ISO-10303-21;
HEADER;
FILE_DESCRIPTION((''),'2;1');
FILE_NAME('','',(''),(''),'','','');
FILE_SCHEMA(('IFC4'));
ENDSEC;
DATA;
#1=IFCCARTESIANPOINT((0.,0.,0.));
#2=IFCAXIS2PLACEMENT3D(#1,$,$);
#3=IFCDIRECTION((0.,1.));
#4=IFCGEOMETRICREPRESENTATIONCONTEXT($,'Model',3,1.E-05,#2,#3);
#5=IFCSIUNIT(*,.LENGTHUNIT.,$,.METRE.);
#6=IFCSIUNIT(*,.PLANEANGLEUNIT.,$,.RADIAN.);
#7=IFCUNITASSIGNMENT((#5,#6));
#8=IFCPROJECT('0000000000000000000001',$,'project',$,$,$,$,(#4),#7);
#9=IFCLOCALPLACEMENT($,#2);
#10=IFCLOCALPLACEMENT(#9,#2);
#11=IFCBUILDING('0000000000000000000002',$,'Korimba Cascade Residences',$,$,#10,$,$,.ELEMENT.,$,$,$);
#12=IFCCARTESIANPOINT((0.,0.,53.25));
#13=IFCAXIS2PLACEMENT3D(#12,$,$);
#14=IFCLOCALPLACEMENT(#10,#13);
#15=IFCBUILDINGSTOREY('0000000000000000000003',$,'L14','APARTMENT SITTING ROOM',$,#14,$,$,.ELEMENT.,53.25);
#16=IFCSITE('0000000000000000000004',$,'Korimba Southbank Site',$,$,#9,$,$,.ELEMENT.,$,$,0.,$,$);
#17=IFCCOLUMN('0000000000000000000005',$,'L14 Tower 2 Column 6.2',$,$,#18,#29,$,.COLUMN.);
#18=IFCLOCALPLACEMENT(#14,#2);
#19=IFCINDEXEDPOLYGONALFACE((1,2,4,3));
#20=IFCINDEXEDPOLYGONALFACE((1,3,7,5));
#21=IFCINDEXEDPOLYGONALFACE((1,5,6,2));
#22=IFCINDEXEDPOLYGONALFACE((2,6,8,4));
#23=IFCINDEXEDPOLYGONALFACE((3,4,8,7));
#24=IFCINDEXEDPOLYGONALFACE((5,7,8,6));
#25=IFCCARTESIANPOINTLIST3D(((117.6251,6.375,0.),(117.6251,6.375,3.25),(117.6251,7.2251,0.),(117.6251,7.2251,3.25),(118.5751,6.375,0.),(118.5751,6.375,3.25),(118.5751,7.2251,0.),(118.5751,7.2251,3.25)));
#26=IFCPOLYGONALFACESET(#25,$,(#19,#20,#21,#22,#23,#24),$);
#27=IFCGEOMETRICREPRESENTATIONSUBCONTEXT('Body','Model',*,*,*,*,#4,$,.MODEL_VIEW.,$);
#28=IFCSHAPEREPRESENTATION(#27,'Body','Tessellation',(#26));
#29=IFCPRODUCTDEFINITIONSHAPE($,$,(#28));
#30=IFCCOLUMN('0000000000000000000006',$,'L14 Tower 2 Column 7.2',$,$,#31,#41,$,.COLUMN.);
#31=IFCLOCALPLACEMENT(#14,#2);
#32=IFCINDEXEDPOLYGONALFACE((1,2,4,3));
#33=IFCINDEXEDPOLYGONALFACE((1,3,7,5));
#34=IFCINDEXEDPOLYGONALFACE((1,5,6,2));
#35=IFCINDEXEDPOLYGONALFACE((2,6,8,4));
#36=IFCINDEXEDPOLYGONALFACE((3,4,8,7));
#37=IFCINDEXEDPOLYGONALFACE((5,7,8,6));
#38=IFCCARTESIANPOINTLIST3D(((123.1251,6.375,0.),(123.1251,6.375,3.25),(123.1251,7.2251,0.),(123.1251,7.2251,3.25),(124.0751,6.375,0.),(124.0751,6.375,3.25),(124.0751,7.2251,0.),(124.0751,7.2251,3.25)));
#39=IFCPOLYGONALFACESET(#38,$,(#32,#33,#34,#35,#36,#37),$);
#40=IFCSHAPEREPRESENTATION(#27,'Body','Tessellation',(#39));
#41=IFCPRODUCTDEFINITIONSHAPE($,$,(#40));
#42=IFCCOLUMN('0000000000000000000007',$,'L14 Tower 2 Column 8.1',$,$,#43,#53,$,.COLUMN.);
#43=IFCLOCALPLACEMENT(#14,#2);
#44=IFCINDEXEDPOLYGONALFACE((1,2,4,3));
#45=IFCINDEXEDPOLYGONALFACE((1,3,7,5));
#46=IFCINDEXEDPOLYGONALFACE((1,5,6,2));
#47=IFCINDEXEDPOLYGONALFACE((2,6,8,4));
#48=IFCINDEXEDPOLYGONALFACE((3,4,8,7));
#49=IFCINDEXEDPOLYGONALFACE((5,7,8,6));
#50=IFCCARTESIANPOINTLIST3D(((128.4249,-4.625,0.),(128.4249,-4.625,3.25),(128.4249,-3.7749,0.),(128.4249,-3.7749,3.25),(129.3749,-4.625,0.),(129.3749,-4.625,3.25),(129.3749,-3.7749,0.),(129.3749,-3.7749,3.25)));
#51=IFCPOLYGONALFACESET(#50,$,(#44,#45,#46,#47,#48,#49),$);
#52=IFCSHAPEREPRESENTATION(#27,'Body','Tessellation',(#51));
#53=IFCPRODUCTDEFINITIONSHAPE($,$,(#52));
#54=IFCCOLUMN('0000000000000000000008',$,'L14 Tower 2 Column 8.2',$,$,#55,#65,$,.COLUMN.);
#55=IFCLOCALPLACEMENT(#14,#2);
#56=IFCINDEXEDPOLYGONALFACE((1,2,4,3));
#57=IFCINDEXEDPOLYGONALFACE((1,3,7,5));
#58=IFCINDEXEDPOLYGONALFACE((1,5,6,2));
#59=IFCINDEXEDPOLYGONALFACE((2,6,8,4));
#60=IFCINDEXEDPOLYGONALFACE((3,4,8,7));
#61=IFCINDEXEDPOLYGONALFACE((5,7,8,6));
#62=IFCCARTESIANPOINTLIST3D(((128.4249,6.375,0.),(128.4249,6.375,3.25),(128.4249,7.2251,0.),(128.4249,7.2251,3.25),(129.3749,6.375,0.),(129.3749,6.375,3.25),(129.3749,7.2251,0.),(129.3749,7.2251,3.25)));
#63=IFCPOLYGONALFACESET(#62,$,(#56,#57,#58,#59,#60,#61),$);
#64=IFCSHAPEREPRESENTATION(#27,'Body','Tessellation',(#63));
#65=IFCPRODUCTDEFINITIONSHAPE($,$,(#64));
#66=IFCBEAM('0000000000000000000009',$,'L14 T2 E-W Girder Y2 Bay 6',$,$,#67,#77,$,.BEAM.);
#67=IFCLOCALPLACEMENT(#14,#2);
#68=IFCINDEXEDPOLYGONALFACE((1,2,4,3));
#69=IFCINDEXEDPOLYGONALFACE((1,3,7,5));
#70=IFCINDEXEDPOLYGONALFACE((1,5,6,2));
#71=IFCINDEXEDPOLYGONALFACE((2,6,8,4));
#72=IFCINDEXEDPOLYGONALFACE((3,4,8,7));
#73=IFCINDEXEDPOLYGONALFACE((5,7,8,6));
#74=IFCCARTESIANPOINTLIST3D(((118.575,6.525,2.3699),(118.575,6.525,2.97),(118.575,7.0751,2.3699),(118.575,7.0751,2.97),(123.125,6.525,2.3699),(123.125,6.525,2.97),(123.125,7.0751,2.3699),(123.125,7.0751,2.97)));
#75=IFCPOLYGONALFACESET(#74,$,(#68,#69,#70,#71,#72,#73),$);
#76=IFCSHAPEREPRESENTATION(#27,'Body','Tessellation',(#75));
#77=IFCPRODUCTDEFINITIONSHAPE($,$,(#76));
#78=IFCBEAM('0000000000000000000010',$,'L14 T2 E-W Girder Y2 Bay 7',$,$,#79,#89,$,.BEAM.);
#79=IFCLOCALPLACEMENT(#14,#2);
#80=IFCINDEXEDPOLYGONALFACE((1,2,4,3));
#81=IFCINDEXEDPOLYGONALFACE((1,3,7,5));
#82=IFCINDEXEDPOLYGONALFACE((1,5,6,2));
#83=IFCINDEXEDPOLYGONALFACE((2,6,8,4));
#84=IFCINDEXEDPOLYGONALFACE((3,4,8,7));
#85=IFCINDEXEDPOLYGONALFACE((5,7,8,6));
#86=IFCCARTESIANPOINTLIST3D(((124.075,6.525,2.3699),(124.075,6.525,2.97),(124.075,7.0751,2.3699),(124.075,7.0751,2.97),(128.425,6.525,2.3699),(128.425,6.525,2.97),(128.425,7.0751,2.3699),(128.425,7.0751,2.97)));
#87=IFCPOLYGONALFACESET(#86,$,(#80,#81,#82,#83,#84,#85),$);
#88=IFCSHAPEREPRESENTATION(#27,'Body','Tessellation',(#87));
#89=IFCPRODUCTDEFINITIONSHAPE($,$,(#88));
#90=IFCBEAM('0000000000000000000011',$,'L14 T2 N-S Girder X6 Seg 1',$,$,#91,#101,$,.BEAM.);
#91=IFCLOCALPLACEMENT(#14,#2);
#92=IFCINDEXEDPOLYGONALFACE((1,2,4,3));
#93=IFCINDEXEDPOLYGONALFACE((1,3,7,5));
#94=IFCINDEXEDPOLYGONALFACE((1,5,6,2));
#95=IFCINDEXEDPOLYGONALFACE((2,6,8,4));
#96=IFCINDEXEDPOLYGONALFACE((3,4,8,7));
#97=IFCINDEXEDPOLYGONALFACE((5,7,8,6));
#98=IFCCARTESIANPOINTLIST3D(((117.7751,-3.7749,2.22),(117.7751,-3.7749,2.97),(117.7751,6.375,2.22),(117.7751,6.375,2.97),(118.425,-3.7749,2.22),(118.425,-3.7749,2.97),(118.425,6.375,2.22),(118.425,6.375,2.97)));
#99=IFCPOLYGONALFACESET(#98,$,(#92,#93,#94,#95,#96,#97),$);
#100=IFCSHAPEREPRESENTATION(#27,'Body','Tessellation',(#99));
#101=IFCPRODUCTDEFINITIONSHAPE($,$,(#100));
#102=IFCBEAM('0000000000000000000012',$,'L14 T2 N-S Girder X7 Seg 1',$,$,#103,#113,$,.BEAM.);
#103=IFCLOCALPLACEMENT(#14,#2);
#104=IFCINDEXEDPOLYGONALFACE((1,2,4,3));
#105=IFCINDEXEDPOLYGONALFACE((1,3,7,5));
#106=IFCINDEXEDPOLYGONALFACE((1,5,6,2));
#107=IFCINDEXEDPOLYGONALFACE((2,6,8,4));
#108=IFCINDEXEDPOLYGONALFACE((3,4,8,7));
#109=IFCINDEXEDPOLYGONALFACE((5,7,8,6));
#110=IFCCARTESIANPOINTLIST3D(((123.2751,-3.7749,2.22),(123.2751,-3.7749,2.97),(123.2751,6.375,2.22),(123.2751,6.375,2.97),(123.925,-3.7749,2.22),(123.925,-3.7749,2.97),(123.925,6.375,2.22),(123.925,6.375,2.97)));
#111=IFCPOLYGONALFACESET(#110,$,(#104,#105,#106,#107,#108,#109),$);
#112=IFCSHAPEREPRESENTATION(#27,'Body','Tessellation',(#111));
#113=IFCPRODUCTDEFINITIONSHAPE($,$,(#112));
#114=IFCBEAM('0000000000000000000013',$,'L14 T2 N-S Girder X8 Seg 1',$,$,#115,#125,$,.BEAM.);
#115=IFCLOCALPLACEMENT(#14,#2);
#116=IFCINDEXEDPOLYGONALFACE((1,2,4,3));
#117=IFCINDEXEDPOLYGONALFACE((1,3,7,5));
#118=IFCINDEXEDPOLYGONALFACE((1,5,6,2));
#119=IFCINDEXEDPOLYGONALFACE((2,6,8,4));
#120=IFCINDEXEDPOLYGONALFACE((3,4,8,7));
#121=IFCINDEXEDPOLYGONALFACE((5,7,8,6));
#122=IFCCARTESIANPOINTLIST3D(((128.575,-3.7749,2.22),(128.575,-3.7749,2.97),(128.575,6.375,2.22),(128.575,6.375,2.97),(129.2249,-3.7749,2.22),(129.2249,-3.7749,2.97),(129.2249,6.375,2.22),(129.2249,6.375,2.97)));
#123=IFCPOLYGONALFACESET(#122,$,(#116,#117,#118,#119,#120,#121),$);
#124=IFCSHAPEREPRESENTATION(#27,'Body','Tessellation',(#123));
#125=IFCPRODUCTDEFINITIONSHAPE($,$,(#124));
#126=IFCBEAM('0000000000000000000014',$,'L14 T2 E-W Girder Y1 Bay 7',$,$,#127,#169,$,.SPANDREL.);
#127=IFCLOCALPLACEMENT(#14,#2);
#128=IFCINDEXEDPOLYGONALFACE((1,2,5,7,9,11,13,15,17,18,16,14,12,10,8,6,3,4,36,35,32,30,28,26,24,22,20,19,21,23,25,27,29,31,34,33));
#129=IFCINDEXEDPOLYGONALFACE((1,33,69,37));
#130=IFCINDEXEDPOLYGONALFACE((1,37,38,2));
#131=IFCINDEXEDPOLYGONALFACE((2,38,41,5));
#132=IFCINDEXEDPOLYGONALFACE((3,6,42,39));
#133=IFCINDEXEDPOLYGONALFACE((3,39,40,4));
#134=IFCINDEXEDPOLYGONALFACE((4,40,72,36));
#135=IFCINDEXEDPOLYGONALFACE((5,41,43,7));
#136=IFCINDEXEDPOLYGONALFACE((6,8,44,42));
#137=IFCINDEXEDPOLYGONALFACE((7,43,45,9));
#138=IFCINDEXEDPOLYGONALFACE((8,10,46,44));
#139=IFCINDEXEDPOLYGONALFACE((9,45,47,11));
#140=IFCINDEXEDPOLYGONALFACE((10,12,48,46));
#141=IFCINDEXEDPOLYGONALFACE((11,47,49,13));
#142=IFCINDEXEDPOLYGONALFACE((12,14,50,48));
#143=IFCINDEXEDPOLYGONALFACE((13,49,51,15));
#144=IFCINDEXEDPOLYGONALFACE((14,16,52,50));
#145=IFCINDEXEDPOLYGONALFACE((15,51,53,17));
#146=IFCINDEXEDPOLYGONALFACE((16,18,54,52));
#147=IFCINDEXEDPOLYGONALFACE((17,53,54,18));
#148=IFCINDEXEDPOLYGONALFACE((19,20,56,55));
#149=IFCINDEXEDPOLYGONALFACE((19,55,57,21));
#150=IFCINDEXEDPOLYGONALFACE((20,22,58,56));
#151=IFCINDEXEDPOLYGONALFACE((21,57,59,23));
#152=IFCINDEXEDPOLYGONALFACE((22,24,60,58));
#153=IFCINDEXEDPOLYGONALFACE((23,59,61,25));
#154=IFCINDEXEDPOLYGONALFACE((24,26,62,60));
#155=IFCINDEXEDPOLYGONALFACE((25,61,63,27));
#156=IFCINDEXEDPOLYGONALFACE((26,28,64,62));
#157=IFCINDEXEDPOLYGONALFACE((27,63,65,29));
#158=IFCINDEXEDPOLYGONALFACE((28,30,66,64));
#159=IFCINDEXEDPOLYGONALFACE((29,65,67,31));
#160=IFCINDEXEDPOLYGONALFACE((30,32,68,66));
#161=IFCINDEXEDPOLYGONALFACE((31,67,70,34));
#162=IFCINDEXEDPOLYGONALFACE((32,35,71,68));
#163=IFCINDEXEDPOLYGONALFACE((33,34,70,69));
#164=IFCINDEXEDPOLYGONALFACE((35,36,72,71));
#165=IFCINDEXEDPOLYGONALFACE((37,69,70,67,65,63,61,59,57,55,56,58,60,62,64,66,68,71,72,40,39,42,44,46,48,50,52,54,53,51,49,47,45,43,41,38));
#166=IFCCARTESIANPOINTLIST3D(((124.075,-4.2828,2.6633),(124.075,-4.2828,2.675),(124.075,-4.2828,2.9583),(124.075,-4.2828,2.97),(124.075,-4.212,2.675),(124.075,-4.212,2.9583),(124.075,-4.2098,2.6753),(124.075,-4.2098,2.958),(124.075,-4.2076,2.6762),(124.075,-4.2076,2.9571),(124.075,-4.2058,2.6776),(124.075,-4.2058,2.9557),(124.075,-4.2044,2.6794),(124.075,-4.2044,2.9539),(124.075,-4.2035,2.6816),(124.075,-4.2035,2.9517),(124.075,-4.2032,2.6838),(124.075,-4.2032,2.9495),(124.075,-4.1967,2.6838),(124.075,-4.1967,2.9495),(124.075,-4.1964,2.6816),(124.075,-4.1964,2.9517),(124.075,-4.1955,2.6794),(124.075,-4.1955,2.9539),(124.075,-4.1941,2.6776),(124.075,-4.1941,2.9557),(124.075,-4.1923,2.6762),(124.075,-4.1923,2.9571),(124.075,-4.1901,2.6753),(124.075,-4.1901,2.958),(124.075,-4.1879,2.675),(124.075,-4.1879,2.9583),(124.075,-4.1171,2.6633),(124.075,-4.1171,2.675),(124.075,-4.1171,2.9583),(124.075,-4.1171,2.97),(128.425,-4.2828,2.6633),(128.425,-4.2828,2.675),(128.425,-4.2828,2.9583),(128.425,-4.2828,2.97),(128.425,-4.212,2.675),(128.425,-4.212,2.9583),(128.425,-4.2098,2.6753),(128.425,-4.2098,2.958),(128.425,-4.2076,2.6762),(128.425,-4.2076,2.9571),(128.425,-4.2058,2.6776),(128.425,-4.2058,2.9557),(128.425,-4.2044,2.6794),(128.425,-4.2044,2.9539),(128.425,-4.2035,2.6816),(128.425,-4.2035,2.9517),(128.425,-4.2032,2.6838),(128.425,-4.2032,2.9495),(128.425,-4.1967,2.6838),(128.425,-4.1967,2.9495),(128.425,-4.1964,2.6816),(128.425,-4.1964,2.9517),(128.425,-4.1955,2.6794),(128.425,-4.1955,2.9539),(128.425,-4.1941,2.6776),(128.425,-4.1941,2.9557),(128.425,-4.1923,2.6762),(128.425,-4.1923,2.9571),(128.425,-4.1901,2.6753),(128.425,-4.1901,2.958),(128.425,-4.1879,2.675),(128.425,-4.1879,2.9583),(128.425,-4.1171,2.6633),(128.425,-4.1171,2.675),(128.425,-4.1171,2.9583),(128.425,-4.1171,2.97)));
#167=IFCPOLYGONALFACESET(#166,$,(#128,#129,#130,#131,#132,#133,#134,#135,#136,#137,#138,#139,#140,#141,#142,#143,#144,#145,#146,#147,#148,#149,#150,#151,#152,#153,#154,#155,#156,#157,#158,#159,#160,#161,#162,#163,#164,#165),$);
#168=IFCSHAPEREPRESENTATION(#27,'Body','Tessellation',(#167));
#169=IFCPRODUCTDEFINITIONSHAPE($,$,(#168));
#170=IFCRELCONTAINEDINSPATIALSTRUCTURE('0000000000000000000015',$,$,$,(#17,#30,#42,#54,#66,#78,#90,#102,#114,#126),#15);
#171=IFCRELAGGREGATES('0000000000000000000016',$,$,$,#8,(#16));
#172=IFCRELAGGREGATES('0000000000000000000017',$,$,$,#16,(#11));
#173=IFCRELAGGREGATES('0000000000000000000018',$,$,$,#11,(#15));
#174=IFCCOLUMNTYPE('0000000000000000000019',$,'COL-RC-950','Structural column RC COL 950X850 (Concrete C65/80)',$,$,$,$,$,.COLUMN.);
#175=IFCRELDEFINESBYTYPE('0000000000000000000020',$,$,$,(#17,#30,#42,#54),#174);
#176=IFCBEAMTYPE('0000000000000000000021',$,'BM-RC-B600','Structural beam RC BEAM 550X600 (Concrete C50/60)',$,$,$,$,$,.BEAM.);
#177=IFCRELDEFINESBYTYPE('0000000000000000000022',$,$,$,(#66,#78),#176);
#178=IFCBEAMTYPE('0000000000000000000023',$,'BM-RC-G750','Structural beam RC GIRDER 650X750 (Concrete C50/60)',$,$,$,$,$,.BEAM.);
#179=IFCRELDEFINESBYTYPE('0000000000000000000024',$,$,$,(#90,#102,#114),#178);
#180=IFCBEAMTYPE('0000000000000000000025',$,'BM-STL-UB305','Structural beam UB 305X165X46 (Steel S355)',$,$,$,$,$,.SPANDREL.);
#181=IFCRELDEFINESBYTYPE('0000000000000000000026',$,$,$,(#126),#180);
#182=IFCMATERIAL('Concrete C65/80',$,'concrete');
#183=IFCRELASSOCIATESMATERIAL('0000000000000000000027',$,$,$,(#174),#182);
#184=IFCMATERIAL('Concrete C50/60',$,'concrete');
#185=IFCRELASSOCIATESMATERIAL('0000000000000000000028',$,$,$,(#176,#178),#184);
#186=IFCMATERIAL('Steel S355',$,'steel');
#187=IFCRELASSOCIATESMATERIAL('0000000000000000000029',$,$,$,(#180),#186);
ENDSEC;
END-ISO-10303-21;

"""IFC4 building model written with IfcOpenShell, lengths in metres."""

from ifc_helpers import new_model, si_unit, direction, frame, origin, origin_2d, place, context, subcontext, project, spatial, rectangle, i_section, extrude, material, material_profile, profile_set, type_object, element, save


model = new_model("IFC4")

# Units and contexts
model_context = context("Model", 3, precision=1e-05, world=origin(), true_north=direction((0.0, 1.0)))
body_context = subcontext(model_context, "Body", "Model", "MODEL_VIEW")
ifc_project = project(units=[si_unit("LENGTHUNIT", "METRE"), si_unit("PLANEANGLEUNIT", "RADIAN")], contexts=[model_context])

# Site, building, storey
site_placement = place(None, origin())
site = spatial("IfcSite", under=ifc_project, at=site_placement, Name="Korimba Southbank Site", CompositionType="ELEMENT", RefElevation=0.0)
building_placement = place(site_placement, origin())
building = spatial("IfcBuilding", under=site, at=building_placement, Name="Korimba Cascade Residences", CompositionType="ELEMENT")
storey_placement = place(building_placement, frame((0.0, 0.0, 53.25)))
storey = spatial("IfcBuildingStorey", under=building, at=storey_placement, Name="L14", Description="APARTMENT SITTING ROOM", CompositionType="ELEMENT", Elevation=53.25)

# Columns
ifc_material_1 = material(Name="Concrete C65/80", Category="concrete")
ifc_material_profile_1 = material_profile(ifc_material_1, rectangle(XDim=0.95, YDim=0.8501, at=origin_2d()), Name="Concrete C65/80")
ifc_profile_set_1 = profile_set([ifc_material_profile_1], Name="Concrete C65/80")
column_type = type_object("IfcColumnType", Name="COL-RC-950", Description="Structural column RC COL 950X850 (Concrete C65/80)", PredefinedType="COLUMN", material=ifc_profile_set_1)
for number, where, z_axis, x_axis, name in (
    (1, (118.1001, 6.8, 0.0), (0.0, 0.0, 1.0), (1.0, 0.0, 0.0), "L14 Tower 2 Column 6.2"),
    (2, (123.6001, 6.8, 0.0), (0.0, 0.0, 1.0), (1.0, 0.0, 0.0), "L14 Tower 2 Column 7.2"),
    (3, (128.8999, -4.2, 0.0), (0.0, 0.0, 1.0), (1.0, 0.0, 0.0), "L14 Tower 2 Column 8.1"),
    (4, (128.8999, 6.8, 0.0), (0.0, 0.0, 1.0), (1.0, 0.0, 0.0), "L14 Tower 2 Column 8.2"),
):
    element("IfcColumn", number, at=place(storey_placement, frame(where, z_axis=z_axis, x_axis=x_axis)), inside=storey, type_object=column_type, Name=name, PredefinedType="COLUMN", context=body_context, shape_type="SweptSolid", body=[
        extrude(rectangle(XDim=0.95, YDim=0.8501, at=origin_2d()), origin(), (0.0, 0.0, 1.0), 3.25),
    ])

# Beams
ifc_material_2 = material(Name="Concrete C50/60", Category="concrete")
ifc_material_profile_2 = material_profile(ifc_material_2, rectangle(XDim=0.55, YDim=0.6001, at=origin_2d()), Name="Concrete C50/60")
ifc_profile_set_2 = profile_set([ifc_material_profile_2], Name="Concrete C50/60")
beam_type_1 = type_object("IfcBeamType", Name="BM-RC-B600", Description="Structural beam RC BEAM 550X600 (Concrete C50/60)", PredefinedType="BEAM", material=ifc_profile_set_2)
beam_1_placement = place(storey_placement, frame((118.575, 6.8, 2.6699), z_axis=(1.0, 0.0, 0.0), x_axis=(0.0, 1.0, 0.0)))
element("IfcBeam", 5, at=beam_1_placement, inside=storey, type_object=beam_type_1, Name="L14 T2 E-W Girder Y2 Bay 6", PredefinedType="BEAM", context=body_context, shape_type="SweptSolid", body=[
    extrude(rectangle(XDim=0.55, YDim=0.6001, at=origin_2d()), origin(), (0.0, 0.0, 1.0), 4.55),
])
beam_2_placement = place(storey_placement, frame((124.075, 6.8, 2.6699), z_axis=(1.0, 0.0, 0.0), x_axis=(0.0, 1.0, 0.0)))
element("IfcBeam", 6, at=beam_2_placement, inside=storey, type_object=beam_type_1, Name="L14 T2 E-W Girder Y2 Bay 7", PredefinedType="BEAM", context=body_context, shape_type="SweptSolid", body=[
    extrude(rectangle(XDim=0.55, YDim=0.6001, at=origin_2d()), origin(), (0.0, 0.0, 1.0), 4.3501),
])
ifc_material_profile_3 = material_profile(ifc_material_2, rectangle(XDim=0.6499, YDim=0.75, at=origin_2d()), Name="Concrete C50/60")
ifc_profile_set_3 = profile_set([ifc_material_profile_3], Name="Concrete C50/60")
beam_type_2 = type_object("IfcBeamType", Name="BM-RC-G750", Description="Structural beam RC GIRDER 650X750 (Concrete C50/60)", PredefinedType="BEAM", material=ifc_profile_set_3)
for number, where, z_axis, x_axis, name in (
    (7, (118.1001, -3.7749, 2.595), (0.0, 1.0, 0.0), (-1.0, 0.0, 0.0), "L14 T2 N-S Girder X6 Seg 1"),
    (8, (123.6001, -3.7749, 2.595), (0.0, 1.0, 0.0), (-1.0, 0.0, 0.0), "L14 T2 N-S Girder X7 Seg 1"),
    (9, (128.8999, -3.7749, 2.595), (0.0, 1.0, 0.0), (-1.0, 0.0, 0.0), "L14 T2 N-S Girder X8 Seg 1"),
):
    element("IfcBeam", number, at=place(storey_placement, frame(where, z_axis=z_axis, x_axis=x_axis)), inside=storey, type_object=beam_type_2, Name=name, PredefinedType="BEAM", context=body_context, shape_type="SweptSolid", body=[
        extrude(rectangle(XDim=0.6499, YDim=0.75, at=origin_2d()), origin(), (0.0, 0.0, 1.0), 10.1499),
    ])
ifc_material_3 = material(Name="Steel S355", Category="steel")
ifc_material_profile_4 = material_profile(ifc_material_3, i_section(OverallWidth=0.1658, OverallDepth=0.3066, WebThickness=0.0066, FlangeThickness=0.0117, FilletRadius=0.0088, at=origin_2d()), Name="Steel S355")
ifc_profile_set_4 = profile_set([ifc_material_profile_4], Name="Steel S355")
beam_type_3 = type_object("IfcBeamType", Name="BM-STL-UB305", Description="Structural beam UB 305X165X46 (Steel S355)", PredefinedType="SPANDREL", material=ifc_profile_set_4)
beam_3_placement = place(storey_placement, frame((124.075, -4.2, 2.8167), z_axis=(1.0, 0.0, 0.0), x_axis=(0.0, 1.0, 0.0)))
element("IfcBeam", 10, at=beam_3_placement, inside=storey, type_object=beam_type_3, Name="L14 T2 E-W Girder Y1 Bay 7", PredefinedType="SPANDREL", context=body_context, shape_type="SweptSolid", body=[
    extrude(i_section(OverallWidth=0.1658, OverallDepth=0.3066, WebThickness=0.0066, FlangeThickness=0.0117, FilletRadius=0.0088, at=origin_2d()), origin(), (0.0, 0.0, 1.0), 4.3501),
])

save(model, "model.ifc")
